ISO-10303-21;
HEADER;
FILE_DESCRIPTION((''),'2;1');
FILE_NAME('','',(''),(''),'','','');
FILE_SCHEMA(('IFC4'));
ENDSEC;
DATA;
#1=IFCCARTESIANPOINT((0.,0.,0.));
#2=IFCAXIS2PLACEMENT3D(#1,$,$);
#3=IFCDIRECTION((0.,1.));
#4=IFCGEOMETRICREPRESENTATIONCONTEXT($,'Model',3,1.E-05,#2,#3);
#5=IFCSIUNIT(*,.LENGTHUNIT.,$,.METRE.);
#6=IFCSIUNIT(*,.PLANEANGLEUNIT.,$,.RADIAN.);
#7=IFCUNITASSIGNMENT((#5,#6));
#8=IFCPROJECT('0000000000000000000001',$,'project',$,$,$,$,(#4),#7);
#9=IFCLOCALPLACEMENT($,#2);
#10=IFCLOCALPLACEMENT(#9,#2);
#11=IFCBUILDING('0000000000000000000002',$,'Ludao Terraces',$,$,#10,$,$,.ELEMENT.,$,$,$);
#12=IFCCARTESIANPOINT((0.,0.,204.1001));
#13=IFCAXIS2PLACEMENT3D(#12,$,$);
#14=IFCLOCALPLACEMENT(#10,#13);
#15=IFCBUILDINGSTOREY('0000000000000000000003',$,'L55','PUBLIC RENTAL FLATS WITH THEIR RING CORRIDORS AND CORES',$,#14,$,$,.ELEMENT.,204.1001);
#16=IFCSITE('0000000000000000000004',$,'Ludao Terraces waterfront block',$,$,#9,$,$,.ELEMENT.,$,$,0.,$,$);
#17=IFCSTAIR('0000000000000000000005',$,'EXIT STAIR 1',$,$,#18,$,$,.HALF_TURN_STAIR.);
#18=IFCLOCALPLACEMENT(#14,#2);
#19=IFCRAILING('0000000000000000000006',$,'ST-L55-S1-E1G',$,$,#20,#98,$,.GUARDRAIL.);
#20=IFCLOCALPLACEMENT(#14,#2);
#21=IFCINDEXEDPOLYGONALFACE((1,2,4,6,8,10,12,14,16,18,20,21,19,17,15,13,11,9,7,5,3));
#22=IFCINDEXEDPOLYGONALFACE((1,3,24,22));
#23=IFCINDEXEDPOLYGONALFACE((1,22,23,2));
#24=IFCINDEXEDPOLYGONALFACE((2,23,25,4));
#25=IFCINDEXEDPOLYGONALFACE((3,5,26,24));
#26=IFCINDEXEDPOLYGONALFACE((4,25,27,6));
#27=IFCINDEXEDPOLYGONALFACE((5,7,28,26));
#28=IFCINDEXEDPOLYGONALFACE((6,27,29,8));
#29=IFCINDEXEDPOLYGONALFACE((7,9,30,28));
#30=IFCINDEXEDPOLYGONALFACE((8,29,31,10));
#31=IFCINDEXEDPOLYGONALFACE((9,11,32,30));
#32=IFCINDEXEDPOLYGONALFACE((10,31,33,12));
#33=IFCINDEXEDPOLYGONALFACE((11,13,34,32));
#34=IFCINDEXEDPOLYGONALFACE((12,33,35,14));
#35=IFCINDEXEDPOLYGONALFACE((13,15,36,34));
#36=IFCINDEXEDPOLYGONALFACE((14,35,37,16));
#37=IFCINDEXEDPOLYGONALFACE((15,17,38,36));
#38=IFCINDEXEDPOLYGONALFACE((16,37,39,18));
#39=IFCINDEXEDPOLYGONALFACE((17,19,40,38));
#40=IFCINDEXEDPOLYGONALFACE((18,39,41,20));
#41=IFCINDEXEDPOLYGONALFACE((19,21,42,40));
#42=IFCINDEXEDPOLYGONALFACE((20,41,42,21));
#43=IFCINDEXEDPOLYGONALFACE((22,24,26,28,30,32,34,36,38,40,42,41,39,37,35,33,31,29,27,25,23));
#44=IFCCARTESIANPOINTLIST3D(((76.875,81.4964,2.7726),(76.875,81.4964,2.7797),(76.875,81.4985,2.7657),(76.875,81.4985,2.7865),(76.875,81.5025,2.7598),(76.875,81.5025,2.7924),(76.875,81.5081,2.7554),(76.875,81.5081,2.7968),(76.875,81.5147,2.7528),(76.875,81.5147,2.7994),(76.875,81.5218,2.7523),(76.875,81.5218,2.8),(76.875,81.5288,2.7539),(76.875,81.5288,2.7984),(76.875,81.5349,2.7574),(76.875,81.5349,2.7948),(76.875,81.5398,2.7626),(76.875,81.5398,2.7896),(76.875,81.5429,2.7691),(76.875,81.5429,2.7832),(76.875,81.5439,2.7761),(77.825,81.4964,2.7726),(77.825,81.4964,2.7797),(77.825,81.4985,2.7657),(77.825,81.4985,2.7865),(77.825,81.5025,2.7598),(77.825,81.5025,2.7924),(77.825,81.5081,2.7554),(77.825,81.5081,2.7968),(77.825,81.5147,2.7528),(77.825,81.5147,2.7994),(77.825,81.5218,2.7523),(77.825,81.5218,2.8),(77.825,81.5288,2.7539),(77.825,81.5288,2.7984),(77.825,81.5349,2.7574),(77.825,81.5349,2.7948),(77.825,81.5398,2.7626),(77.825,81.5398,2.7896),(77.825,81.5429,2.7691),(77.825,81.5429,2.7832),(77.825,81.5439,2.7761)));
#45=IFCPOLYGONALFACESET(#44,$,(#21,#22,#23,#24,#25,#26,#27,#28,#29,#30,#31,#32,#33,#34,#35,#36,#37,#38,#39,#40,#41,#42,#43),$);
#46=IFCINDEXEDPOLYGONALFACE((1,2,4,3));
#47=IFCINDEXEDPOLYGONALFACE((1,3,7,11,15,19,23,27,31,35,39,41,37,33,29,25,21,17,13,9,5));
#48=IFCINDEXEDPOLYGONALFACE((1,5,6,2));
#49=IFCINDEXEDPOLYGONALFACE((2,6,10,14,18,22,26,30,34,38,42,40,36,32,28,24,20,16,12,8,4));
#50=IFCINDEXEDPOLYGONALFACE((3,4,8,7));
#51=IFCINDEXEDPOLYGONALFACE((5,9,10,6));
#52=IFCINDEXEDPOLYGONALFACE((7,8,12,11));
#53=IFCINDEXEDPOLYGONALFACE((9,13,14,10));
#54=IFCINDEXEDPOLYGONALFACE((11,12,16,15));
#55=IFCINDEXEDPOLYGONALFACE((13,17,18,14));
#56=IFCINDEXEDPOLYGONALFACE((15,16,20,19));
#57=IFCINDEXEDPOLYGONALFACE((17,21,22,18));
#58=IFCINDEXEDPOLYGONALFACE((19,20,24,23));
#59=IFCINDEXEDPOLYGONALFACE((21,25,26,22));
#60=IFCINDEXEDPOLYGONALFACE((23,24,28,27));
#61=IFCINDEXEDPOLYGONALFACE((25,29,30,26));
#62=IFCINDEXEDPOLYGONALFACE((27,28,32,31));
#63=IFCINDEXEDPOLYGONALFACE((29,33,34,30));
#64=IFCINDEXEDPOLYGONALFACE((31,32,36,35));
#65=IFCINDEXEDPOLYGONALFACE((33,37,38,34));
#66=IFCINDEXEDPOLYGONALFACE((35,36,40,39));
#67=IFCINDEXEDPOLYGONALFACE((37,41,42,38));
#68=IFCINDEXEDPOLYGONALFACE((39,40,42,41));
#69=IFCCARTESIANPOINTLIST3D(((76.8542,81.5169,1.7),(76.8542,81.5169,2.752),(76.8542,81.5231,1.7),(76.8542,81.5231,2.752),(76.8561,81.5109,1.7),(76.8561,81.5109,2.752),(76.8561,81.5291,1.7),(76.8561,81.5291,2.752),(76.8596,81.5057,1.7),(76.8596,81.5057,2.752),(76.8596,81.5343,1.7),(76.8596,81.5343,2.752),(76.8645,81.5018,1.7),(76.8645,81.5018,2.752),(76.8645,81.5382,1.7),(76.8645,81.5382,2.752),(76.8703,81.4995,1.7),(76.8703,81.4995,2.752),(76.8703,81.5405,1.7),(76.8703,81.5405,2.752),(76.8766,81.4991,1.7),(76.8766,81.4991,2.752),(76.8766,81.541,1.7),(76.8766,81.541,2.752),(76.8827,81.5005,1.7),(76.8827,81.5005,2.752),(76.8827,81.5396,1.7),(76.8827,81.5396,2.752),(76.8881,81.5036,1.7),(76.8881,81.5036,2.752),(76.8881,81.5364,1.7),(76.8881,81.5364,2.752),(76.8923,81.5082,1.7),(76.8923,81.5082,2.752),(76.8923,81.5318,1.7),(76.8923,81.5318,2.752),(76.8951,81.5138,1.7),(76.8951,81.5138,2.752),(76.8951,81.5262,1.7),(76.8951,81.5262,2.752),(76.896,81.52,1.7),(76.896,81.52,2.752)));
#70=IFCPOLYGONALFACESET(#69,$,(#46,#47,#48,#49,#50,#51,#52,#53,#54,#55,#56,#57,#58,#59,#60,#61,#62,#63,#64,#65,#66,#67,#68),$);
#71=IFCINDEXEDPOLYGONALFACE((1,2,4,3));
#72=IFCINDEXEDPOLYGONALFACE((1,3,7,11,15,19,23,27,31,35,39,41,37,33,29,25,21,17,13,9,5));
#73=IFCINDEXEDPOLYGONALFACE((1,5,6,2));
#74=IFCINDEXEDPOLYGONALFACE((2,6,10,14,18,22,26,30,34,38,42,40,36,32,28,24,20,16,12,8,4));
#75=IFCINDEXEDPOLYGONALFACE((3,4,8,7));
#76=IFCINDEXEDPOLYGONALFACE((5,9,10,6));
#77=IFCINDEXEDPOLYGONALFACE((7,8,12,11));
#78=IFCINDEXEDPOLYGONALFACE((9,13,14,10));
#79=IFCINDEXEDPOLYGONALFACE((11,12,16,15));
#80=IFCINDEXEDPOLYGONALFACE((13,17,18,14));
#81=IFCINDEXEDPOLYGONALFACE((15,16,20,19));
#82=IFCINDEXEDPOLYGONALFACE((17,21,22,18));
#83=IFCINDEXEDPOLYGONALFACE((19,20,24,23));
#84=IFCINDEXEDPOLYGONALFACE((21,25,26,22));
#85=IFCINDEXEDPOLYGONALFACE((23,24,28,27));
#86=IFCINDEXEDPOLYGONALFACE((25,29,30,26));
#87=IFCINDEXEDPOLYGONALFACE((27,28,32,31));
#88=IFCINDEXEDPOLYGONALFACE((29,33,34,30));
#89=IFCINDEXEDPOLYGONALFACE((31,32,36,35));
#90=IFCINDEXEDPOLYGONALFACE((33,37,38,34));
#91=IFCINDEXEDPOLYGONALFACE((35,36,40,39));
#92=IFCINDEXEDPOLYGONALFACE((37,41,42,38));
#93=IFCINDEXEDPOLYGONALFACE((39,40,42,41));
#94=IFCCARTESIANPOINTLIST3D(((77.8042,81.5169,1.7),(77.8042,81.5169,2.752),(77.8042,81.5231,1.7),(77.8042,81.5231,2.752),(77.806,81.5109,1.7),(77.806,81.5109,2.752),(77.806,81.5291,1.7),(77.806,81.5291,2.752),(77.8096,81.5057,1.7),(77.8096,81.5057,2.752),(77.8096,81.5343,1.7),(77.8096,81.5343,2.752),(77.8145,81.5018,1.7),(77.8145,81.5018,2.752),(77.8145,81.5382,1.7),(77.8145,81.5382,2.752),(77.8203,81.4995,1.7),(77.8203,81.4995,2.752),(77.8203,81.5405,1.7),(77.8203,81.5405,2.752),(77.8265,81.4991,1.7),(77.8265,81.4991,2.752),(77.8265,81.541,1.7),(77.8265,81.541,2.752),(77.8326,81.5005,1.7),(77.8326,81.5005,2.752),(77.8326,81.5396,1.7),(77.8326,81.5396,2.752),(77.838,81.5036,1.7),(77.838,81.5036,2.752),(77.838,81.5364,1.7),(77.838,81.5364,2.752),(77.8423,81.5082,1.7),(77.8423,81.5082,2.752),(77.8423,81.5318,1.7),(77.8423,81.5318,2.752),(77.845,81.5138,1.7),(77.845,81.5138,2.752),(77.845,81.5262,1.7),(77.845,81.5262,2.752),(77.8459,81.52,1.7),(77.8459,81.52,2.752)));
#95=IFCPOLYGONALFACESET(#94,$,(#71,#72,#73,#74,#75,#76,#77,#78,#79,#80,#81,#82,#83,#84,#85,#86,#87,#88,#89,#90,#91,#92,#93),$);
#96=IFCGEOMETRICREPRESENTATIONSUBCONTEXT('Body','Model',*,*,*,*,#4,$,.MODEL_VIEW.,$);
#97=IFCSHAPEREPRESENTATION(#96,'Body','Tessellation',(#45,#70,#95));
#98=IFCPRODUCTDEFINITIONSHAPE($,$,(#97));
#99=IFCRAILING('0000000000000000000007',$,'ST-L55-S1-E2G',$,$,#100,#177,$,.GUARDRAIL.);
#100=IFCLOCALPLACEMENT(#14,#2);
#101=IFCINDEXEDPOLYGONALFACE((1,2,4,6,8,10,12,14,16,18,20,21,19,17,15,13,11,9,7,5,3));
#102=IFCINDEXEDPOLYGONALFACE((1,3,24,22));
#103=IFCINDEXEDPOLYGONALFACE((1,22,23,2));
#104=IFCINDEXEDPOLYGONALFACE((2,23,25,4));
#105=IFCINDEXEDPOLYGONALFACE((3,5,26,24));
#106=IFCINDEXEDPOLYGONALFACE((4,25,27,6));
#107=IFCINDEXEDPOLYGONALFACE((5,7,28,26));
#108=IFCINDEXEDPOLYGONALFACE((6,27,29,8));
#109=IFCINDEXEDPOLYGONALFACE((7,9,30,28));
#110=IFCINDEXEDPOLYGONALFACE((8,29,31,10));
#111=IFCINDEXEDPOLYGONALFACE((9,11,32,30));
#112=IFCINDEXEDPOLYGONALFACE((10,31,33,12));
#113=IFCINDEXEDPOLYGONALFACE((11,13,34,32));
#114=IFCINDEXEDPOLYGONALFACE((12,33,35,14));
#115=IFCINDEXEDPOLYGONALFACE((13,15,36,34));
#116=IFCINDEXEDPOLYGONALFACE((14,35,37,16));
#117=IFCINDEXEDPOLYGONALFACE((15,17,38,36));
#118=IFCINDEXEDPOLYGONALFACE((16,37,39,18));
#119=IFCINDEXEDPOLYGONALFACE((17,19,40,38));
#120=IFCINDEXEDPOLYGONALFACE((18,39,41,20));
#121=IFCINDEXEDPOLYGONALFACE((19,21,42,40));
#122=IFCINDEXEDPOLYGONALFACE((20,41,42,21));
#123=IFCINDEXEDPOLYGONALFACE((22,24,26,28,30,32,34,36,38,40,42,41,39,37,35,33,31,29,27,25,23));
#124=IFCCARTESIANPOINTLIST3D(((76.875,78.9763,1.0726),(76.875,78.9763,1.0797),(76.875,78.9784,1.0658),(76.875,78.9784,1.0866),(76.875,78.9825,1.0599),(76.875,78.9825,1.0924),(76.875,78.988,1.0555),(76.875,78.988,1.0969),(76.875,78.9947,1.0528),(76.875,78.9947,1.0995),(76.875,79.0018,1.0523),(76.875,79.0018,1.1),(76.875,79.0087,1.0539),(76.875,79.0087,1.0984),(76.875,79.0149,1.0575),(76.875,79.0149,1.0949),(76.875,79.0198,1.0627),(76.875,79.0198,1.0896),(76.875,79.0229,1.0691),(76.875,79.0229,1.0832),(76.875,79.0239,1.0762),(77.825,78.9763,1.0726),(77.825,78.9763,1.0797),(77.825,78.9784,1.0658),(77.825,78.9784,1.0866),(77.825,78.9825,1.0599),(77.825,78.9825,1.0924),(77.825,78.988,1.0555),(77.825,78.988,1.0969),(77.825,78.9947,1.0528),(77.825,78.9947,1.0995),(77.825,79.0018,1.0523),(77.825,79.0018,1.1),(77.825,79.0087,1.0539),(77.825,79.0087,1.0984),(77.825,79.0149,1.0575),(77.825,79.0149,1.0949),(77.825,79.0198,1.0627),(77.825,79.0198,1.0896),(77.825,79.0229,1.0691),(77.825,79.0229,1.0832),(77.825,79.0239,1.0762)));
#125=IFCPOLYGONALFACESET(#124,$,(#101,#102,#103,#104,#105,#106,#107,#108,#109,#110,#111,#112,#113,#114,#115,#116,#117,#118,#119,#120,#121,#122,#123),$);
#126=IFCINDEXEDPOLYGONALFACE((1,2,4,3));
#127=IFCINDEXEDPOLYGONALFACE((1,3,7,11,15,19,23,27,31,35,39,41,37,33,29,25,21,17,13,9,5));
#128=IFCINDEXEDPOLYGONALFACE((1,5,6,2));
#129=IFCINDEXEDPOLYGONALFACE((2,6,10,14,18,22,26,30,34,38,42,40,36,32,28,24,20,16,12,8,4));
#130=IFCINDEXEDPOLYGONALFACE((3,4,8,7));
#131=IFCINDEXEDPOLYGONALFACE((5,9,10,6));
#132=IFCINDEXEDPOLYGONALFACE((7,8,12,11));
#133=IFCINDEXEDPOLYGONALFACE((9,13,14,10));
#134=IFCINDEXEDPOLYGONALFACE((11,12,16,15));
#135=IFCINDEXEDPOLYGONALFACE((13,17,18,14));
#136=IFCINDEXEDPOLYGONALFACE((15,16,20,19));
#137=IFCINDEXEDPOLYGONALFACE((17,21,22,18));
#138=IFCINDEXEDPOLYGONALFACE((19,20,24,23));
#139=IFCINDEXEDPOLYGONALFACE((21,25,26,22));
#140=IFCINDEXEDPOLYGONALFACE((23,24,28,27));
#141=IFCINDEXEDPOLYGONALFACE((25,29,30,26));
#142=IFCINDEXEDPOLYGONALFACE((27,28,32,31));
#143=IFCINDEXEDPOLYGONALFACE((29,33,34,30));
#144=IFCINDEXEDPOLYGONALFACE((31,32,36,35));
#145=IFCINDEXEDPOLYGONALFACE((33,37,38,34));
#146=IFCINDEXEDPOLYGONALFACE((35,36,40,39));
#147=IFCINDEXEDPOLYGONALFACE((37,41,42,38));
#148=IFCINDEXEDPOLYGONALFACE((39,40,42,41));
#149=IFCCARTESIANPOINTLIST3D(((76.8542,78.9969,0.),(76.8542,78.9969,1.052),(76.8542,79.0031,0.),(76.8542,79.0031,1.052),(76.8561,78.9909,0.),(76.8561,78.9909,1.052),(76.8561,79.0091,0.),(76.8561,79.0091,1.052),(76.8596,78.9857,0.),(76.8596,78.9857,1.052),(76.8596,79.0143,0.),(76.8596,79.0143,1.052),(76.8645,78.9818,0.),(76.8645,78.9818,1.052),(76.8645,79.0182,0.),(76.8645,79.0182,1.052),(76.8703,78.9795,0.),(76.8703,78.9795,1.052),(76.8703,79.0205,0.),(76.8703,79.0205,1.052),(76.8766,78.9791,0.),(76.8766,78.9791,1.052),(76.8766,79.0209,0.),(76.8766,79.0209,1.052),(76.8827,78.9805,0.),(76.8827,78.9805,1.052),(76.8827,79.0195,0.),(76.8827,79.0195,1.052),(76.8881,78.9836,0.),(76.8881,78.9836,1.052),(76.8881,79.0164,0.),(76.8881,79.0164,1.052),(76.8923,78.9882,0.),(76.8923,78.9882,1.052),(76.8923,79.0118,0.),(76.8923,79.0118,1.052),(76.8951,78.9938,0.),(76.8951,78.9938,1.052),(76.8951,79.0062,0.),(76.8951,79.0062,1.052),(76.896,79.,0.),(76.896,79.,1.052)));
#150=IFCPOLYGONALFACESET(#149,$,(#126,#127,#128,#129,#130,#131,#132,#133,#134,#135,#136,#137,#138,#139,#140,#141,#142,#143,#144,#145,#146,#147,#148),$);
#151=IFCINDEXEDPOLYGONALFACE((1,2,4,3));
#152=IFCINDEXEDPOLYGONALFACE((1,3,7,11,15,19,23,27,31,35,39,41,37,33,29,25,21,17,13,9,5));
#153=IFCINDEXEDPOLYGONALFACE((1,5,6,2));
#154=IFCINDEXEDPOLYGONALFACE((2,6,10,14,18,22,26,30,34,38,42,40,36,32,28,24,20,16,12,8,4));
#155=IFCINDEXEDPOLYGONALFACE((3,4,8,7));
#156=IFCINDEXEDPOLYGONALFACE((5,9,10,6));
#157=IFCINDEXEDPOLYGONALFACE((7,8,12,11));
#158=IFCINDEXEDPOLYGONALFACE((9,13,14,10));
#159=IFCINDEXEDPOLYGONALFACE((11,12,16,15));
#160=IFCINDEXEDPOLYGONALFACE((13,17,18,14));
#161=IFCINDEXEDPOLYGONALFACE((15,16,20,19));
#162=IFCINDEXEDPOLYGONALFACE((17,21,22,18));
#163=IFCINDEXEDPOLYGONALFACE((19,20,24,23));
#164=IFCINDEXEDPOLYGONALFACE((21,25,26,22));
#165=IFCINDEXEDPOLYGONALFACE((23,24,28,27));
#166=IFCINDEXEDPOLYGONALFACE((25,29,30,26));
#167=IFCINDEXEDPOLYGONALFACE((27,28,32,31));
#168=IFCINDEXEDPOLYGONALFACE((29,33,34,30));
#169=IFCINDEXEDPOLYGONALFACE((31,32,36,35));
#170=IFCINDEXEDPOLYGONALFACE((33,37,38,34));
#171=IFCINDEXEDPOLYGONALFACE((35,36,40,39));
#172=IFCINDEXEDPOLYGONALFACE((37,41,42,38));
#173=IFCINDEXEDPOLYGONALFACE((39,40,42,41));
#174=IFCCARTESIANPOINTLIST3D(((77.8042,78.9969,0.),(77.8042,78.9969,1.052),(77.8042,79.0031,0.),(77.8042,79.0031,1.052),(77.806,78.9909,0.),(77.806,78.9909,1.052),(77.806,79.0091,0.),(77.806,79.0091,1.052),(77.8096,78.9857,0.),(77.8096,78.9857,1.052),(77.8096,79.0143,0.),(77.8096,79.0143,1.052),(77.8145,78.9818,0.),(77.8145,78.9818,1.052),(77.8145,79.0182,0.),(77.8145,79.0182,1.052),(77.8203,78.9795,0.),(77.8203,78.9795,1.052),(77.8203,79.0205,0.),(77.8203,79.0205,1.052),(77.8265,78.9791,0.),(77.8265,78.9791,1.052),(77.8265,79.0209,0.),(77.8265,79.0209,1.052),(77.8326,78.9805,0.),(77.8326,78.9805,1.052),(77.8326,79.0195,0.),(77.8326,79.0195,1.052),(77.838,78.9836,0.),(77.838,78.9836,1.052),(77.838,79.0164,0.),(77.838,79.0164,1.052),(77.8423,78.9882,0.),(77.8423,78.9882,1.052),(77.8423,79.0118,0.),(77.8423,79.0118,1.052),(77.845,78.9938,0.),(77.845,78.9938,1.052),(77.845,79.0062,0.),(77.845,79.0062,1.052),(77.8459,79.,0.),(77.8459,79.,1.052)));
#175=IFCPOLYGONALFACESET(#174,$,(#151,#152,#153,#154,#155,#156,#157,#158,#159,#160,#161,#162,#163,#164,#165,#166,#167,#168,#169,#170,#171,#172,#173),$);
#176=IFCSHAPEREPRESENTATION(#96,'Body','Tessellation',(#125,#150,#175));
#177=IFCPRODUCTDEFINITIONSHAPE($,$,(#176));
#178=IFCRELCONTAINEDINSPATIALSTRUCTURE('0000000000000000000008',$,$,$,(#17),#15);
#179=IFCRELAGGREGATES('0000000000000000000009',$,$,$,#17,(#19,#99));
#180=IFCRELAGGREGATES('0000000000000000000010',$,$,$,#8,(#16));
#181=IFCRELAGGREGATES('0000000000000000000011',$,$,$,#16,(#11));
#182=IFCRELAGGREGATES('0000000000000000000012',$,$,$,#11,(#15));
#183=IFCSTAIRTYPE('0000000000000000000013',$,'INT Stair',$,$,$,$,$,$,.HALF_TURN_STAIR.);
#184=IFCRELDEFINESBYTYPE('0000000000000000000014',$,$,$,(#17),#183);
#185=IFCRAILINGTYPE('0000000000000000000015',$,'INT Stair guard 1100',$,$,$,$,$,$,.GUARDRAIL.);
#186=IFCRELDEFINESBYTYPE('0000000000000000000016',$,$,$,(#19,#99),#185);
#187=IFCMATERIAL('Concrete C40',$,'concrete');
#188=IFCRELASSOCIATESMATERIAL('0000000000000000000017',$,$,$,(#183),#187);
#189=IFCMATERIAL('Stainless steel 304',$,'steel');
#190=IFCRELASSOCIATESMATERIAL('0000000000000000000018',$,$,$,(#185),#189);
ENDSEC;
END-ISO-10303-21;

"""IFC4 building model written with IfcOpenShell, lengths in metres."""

from ifc_helpers import new_model, si_unit, direction, frame, origin, origin_2d, place, context, subcontext, project, spatial, circle, extrude, material, type_object, element, aggregate, save


model = new_model("IFC4")

# Units and contexts
model_context = context("Model", 3, precision=1e-05, world=origin(), true_north=direction((0.0, 1.0)))
body_context = subcontext(model_context, "Body", "Model", "MODEL_VIEW")
ifc_project = project(units=[si_unit("LENGTHUNIT", "METRE"), si_unit("PLANEANGLEUNIT", "RADIAN")], contexts=[model_context])

# Site, building, storey
site_placement = place(None, origin())
site = spatial("IfcSite", under=ifc_project, at=site_placement, Name="Ludao Terraces waterfront block", CompositionType="ELEMENT", RefElevation=0.0)
building_placement = place(site_placement, origin())
building = spatial("IfcBuilding", under=site, at=building_placement, Name="Ludao Terraces", CompositionType="ELEMENT")
storey_placement = place(building_placement, frame((0.0, 0.0, 204.1001)))
storey = spatial("IfcBuildingStorey", under=building, at=storey_placement, Name="L55", Description="PUBLIC RENTAL FLATS WITH THEIR RING CORRIDORS AND CORES", CompositionType="ELEMENT", Elevation=204.1001)

# Shared definitions
ifc_material_1 = material(Name="Concrete C40", Category="concrete")

# Stair, railings
stair_type = type_object("IfcStairType", Name="INT Stair", PredefinedType="HALF_TURN_STAIR", material=ifc_material_1)
stair_placement = place(storey_placement, origin())
stair = element("IfcStair", 1, at=stair_placement, inside=storey, type_object=stair_type, Name="EXIT STAIR 1", PredefinedType="HALF_TURN_STAIR")
ifc_material_2 = material(Name="Stainless steel 304", Category="steel")
railing_type_1 = type_object("IfcRailingType", Name="INT Stair guard 1100", PredefinedType="GUARDRAIL", material=ifc_material_2)
railing_1_placement = place(storey_placement, frame((76.875, 81.52, 1.7)))
railing_1 = element("IfcRailing", 2, at=railing_1_placement, type_object=railing_type_1, Name="ST-L55-S1-E1G", PredefinedType="GUARDRAIL", context=body_context, shape_type="SweptSolid", body=[
    extrude(circle(Radius=0.0239, at=origin_2d()), frame((0.0, 0.0, 1.0762), z_axis=(1.0, 0.0, 0.0), x_axis=(0.0, 1.0, 0.0)), (0.0, 0.0, 1.0), 0.95),
    extrude(circle(Radius=0.021, at=origin_2d()), origin(), (0.0, 0.0, 1.0), 1.052),
    extrude(circle(Radius=0.021, at=origin_2d()), frame((0.95, 0.0, 0.0)), (0.0, 0.0, 1.0), 1.052),
])
railing_2_placement = place(storey_placement, frame((76.875, 79.0, 0.0)))
railing_2 = element("IfcRailing", 3, at=railing_2_placement, type_object=railing_type_1, Name="ST-L55-S1-E2G", PredefinedType="GUARDRAIL", context=body_context, shape_type="SweptSolid", body=[
    extrude(circle(Radius=0.0239, at=origin_2d()), frame((0.0, 0.0, 1.0762), z_axis=(1.0, 0.0, 0.0), x_axis=(0.0, 1.0, 0.0)), (0.0, 0.0, 1.0), 0.95),
    extrude(circle(Radius=0.021, at=origin_2d()), origin(), (0.0, 0.0, 1.0), 1.052),
    extrude(circle(Radius=0.021, at=origin_2d()), frame((0.95, 0.0, 0.0)), (0.0, 0.0, 1.0), 1.052),
])
aggregate(stair, [railing_1, railing_2])

save(model, "model.ifc")
